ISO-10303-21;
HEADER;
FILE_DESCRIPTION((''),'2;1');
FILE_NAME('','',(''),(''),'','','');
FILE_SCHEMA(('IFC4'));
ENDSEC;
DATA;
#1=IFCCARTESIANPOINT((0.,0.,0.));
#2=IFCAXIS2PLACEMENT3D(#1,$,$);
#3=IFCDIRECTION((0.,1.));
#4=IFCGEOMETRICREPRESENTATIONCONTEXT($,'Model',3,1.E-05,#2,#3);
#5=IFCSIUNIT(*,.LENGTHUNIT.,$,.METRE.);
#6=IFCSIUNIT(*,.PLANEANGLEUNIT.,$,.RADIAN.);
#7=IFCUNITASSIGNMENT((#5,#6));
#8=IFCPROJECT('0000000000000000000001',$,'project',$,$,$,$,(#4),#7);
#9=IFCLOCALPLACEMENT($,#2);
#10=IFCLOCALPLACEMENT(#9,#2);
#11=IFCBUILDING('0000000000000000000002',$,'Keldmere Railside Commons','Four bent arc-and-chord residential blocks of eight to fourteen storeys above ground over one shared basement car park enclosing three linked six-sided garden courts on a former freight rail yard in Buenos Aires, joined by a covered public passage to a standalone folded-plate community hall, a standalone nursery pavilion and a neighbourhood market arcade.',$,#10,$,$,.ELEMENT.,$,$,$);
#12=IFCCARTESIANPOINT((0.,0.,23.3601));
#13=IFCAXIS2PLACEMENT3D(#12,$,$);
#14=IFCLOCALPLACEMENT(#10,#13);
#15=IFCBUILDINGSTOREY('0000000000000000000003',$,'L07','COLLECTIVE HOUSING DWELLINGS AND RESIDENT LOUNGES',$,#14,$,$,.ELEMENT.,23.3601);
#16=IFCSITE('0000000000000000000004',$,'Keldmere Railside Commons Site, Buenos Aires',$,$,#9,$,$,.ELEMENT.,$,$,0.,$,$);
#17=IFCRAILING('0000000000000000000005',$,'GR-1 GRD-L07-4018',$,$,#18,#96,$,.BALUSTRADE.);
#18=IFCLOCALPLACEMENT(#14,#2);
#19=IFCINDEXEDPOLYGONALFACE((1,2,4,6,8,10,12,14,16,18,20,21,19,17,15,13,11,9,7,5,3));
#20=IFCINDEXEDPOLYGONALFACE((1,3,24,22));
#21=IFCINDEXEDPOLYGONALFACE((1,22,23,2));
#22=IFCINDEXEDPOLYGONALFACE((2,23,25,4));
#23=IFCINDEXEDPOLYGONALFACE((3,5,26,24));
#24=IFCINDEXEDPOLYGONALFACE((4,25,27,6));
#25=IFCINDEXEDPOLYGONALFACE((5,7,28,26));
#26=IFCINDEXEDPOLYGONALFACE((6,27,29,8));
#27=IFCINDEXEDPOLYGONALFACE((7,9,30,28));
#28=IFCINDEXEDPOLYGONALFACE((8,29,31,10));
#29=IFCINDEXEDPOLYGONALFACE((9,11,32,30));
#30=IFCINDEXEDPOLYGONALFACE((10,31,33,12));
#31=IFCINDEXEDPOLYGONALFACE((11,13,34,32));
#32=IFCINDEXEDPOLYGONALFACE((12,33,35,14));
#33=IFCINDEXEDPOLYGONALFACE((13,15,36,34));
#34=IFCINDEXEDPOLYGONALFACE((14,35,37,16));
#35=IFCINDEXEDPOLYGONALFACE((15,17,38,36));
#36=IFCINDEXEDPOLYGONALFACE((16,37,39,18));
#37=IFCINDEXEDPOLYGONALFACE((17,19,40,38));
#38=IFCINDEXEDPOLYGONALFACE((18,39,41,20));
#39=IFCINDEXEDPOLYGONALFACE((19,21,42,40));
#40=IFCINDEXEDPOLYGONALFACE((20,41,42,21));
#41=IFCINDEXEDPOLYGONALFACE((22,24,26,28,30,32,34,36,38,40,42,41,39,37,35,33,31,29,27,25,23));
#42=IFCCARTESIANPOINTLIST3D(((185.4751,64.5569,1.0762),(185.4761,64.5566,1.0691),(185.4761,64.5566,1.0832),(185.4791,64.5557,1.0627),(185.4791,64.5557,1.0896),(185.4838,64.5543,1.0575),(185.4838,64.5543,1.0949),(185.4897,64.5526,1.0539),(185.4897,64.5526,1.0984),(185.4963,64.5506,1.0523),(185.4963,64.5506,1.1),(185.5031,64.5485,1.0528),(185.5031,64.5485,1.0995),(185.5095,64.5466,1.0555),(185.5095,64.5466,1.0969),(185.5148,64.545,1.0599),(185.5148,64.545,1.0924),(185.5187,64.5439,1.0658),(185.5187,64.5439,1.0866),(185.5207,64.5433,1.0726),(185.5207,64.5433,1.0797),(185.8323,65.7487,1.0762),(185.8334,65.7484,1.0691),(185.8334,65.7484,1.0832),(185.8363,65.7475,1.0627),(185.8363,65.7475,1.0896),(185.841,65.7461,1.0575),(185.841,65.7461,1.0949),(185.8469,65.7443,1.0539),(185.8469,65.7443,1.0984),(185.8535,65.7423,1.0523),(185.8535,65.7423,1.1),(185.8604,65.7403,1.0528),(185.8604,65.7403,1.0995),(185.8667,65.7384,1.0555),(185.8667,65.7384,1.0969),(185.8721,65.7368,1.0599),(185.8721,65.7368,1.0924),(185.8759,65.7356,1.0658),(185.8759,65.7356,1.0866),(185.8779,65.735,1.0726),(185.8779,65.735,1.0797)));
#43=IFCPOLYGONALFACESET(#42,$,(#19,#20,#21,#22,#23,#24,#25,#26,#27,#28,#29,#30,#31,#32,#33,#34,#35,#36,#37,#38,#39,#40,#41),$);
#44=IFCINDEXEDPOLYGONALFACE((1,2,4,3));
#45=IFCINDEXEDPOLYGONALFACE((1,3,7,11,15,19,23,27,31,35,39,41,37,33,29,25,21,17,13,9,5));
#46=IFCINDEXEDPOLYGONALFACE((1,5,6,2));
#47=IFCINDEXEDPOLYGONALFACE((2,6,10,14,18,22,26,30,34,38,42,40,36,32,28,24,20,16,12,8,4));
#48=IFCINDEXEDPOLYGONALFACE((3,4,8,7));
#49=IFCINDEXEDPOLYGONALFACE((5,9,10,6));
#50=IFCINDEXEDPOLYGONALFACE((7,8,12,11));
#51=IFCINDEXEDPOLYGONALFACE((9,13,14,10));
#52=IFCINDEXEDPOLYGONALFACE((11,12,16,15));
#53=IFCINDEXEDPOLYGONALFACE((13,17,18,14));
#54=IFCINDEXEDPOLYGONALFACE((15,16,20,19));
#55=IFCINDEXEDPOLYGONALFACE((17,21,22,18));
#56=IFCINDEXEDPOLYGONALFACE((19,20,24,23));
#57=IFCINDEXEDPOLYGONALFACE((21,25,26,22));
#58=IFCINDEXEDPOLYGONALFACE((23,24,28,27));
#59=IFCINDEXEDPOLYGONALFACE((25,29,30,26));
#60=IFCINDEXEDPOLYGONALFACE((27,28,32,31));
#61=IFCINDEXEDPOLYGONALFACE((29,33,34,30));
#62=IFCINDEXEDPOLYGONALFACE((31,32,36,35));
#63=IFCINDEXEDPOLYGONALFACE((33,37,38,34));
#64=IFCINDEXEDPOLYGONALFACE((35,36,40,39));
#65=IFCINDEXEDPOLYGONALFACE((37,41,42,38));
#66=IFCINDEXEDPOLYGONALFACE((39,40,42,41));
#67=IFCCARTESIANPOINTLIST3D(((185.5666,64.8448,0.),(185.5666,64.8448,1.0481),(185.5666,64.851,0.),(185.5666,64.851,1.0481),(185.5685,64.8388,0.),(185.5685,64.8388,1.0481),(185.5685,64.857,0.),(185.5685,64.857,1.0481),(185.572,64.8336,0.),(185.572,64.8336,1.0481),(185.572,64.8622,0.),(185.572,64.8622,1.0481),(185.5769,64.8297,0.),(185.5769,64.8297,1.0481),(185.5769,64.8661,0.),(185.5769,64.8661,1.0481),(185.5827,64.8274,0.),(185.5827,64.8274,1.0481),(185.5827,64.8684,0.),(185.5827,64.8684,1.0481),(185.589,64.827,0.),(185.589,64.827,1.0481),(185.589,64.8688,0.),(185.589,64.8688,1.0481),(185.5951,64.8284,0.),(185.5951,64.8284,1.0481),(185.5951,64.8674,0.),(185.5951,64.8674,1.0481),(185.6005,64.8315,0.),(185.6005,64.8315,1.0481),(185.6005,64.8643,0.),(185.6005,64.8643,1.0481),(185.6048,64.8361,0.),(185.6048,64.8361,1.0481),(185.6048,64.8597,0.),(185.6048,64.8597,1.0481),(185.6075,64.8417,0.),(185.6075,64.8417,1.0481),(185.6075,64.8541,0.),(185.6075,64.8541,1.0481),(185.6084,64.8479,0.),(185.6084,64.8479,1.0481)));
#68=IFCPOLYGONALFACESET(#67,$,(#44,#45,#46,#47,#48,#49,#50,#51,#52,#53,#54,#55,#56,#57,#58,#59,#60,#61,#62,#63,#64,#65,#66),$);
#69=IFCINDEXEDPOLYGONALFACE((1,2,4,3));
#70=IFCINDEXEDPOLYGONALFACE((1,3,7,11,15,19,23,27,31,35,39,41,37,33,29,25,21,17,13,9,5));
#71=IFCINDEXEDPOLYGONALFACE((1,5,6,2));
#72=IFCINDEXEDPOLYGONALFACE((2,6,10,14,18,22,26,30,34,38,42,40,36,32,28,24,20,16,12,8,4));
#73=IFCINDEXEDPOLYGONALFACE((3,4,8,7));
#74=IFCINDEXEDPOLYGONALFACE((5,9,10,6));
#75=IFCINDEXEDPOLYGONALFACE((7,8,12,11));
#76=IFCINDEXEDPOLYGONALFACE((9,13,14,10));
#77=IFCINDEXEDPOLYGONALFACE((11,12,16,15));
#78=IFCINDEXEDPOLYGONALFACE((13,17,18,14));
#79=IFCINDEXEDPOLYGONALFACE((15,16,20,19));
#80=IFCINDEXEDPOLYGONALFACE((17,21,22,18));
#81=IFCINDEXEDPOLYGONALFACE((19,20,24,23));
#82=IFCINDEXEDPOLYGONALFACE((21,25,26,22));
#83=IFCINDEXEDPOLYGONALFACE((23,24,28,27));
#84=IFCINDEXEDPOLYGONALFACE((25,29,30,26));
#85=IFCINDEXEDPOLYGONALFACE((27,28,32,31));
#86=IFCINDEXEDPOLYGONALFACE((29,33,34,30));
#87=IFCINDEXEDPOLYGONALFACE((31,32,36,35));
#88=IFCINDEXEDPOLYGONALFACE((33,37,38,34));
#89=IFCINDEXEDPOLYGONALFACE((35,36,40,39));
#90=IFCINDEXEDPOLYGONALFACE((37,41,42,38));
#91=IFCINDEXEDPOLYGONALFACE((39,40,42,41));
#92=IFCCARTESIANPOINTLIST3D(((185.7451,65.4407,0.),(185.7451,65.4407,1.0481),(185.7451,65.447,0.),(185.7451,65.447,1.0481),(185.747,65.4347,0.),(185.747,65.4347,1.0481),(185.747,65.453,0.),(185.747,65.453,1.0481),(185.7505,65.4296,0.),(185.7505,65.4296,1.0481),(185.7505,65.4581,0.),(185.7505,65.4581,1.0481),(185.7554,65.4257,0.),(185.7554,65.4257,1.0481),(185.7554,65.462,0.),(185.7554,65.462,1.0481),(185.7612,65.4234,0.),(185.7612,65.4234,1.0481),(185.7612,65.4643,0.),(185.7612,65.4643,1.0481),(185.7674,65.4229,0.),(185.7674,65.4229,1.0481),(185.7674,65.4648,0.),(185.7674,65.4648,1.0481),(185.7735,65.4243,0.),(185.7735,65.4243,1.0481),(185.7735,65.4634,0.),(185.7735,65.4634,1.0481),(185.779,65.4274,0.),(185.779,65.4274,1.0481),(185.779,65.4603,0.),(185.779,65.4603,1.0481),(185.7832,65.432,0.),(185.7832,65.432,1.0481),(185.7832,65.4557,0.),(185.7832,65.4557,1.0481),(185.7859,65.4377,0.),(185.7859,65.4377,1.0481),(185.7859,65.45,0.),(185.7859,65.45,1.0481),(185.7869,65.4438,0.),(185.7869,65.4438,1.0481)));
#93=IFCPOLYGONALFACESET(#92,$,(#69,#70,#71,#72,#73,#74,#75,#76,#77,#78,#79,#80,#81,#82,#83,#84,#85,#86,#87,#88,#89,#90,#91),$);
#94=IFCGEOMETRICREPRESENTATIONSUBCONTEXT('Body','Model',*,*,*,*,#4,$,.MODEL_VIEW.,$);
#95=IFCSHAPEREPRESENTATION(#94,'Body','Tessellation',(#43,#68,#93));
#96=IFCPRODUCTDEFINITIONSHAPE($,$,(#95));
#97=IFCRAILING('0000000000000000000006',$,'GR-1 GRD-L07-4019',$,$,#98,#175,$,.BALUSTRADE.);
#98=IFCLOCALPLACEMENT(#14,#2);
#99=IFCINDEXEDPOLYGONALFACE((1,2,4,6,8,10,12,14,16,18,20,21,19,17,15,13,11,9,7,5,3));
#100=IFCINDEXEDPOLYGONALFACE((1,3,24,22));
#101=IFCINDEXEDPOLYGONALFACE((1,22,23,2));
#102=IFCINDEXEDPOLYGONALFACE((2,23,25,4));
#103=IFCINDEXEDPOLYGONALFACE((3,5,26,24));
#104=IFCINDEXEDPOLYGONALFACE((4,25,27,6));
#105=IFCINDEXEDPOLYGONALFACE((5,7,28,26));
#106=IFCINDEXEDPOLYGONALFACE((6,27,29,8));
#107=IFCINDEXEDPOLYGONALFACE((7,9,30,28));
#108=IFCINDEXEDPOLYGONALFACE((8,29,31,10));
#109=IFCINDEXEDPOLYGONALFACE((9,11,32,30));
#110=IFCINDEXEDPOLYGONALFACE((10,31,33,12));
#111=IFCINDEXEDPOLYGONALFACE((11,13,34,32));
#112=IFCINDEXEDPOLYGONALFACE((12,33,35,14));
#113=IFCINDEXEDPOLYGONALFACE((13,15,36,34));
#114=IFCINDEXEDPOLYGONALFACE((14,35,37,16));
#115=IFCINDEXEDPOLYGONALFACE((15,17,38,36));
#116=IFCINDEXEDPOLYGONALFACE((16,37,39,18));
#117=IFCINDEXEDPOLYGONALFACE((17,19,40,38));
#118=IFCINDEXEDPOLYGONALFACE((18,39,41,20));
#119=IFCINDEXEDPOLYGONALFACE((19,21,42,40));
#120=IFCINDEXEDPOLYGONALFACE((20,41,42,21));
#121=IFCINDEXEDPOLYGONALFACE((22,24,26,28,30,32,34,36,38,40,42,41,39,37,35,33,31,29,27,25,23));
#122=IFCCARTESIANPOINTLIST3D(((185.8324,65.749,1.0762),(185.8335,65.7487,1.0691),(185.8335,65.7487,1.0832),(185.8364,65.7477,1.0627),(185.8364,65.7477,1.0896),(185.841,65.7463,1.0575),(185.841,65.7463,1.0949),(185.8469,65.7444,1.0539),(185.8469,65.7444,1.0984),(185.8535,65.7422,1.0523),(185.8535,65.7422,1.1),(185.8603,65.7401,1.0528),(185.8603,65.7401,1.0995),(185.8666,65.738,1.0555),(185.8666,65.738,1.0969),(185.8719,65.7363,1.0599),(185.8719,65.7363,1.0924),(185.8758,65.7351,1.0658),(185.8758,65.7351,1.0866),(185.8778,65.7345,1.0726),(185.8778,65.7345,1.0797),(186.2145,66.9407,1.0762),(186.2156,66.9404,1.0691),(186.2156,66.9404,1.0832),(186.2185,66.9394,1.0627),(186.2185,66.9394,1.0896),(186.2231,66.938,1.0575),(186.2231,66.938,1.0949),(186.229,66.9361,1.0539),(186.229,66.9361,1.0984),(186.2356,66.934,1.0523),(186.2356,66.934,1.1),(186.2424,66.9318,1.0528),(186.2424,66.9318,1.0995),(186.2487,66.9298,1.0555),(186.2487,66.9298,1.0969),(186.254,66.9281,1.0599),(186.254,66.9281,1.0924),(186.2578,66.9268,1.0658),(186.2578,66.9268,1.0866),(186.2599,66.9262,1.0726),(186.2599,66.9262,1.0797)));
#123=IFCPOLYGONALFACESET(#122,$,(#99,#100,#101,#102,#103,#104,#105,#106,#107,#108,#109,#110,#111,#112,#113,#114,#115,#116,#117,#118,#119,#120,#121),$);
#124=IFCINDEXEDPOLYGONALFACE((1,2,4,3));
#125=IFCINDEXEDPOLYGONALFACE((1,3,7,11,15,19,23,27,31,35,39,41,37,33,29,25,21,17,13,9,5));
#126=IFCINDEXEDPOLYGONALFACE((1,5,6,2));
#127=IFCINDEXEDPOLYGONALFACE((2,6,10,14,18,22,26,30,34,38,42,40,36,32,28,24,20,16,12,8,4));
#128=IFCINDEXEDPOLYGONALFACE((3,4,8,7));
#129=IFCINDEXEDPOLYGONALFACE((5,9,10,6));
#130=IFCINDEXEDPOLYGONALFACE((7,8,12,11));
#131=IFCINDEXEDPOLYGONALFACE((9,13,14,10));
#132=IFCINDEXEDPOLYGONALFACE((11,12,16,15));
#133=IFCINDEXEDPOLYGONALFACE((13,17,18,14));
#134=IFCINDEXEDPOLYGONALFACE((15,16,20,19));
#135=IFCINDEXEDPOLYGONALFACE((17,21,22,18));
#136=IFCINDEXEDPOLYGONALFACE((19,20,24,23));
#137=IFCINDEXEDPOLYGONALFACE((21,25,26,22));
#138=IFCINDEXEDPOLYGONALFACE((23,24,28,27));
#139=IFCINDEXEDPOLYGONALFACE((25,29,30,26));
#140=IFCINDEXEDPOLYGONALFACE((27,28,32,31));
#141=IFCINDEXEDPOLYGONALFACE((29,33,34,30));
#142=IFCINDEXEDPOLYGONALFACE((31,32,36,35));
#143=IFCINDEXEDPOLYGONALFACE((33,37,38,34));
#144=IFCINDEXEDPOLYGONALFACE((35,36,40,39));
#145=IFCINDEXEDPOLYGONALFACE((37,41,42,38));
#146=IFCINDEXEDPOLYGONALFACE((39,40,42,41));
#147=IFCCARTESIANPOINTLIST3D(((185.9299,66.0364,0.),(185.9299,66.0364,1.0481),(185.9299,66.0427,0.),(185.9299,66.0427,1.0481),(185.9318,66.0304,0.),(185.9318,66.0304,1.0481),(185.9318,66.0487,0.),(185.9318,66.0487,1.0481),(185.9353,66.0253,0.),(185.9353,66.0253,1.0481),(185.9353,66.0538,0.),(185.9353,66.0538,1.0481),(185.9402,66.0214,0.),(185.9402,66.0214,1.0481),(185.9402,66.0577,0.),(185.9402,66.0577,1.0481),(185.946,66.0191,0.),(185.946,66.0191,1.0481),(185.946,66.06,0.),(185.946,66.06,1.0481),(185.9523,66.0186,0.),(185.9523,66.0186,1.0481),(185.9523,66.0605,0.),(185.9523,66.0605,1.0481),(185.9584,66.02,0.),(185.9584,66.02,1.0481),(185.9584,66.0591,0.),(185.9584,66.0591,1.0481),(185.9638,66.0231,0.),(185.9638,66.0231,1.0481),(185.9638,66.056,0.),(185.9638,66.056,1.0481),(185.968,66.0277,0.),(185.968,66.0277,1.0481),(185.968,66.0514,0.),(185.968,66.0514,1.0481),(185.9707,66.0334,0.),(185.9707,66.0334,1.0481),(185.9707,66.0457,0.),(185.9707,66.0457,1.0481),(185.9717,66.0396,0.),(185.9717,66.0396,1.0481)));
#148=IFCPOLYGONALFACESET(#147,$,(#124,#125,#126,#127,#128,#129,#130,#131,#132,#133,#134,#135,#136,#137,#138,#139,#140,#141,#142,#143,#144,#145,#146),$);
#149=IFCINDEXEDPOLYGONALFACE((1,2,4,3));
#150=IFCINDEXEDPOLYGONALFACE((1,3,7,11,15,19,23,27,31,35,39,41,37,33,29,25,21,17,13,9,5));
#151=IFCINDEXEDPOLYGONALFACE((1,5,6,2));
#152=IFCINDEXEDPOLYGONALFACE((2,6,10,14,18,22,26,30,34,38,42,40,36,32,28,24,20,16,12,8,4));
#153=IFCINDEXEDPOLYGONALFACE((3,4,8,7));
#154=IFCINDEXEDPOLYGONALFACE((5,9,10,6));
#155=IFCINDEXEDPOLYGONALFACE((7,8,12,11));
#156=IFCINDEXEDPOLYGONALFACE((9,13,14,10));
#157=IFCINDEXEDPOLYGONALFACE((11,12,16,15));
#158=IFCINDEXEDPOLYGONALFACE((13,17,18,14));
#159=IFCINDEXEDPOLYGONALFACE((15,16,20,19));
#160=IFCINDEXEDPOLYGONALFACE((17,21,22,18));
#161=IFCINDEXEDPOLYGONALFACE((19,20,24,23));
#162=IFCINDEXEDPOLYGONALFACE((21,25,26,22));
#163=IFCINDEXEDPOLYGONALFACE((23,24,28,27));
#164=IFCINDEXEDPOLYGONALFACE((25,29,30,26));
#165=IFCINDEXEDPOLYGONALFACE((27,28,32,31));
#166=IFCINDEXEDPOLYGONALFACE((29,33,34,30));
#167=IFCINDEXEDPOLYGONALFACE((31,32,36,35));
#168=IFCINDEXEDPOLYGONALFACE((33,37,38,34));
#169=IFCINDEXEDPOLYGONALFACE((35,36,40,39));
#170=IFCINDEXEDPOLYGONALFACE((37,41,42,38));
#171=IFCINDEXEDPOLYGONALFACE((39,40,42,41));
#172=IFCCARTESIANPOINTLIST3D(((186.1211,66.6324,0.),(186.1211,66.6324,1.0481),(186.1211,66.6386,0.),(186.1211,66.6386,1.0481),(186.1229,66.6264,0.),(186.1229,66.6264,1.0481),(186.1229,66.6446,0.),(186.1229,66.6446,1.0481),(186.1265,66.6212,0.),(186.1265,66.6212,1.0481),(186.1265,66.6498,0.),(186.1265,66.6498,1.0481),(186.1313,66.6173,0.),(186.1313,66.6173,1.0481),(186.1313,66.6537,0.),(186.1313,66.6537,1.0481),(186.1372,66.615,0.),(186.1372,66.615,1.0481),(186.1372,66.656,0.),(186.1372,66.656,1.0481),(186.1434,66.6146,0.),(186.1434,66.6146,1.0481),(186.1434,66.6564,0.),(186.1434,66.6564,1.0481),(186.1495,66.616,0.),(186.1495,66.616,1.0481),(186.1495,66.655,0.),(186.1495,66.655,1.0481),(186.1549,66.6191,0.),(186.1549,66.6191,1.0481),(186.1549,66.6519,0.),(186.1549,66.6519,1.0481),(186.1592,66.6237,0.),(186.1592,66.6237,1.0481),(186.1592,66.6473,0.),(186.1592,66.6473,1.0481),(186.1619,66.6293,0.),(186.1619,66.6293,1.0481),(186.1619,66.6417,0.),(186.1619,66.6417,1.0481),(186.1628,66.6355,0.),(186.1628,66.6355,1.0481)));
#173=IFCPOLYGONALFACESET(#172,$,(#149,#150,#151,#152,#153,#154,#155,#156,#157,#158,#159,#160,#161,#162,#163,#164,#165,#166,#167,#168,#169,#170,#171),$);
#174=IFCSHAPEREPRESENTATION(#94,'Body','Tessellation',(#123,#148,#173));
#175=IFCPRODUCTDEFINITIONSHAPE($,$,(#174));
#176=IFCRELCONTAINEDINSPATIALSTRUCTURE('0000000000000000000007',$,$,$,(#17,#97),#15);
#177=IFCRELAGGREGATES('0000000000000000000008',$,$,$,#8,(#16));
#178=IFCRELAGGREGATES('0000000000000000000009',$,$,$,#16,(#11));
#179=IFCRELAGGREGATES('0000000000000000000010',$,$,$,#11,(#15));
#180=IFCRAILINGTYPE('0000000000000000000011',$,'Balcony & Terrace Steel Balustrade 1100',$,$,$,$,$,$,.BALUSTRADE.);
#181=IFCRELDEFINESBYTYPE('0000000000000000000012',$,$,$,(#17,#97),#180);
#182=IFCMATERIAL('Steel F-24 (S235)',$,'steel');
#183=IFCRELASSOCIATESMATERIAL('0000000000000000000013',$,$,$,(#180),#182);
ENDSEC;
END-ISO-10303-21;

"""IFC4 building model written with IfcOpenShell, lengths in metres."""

from ifc_helpers import new_model, si_unit, direction, frame, origin, origin_2d, place, context, subcontext, project, spatial, circle, extrude, material, type_object, element, save


model = new_model("IFC4")

# Units and contexts
model_context = context("Model", 3, precision=1e-05, world=origin(), true_north=direction((0.0, 1.0)))
body_context = subcontext(model_context, "Body", "Model", "MODEL_VIEW")
ifc_project = project(units=[si_unit("LENGTHUNIT", "METRE"), si_unit("PLANEANGLEUNIT", "RADIAN")], contexts=[model_context])

# Site, building, storey
site_placement = place(None, origin())
site = spatial("IfcSite", under=ifc_project, at=site_placement, Name="Keldmere Railside Commons Site, Buenos Aires", CompositionType="ELEMENT", RefElevation=0.0)
building_placement = place(site_placement, origin())
building = spatial("IfcBuilding", under=site, at=building_placement, Name="Keldmere Railside Commons", Description="Four bent arc-and-chord residential blocks of eight to fourteen storeys above ground over one shared basement car park enclosing three linked six-sided garden courts on a former freight rail yard in Buenos Aires, joined by a covered public passage to a standalone folded-plate community hall, a standalone nursery pavilion and a neighbourhood market arcade.", CompositionType="ELEMENT")
storey_placement = place(building_placement, frame((0.0, 0.0, 23.3601)))
storey = spatial("IfcBuildingStorey", under=building, at=storey_placement, Name="L07", Description="COLLECTIVE HOUSING DWELLINGS AND RESIDENT LOUNGES", CompositionType="ELEMENT", Elevation=23.3601)

# Railings
ifc_material_1 = material(Name="Steel F-24 (S235)", Category="steel")
railing_type = type_object("IfcRailingType", Name="Balcony & Terrace Steel Balustrade 1100", PredefinedType="BALUSTRADE", material=ifc_material_1)
railing_1_placement = place(storey_placement, frame((185.498, 64.55, 0.0)))
element("IfcRailing", 1, at=railing_1_placement, inside=storey, type_object=railing_type, Name="GR-1 GRD-L07-4018", PredefinedType="BALUSTRADE", context=body_context, shape_type="SweptSolid", body=[
    extrude(circle(Radius=0.0239, at=origin_2d()), frame((0.0, 0.0, 1.0762), z_axis=(0.287114, 0.957896, 0.0), x_axis=(-0.957896, 0.287114, 0.0)), (0.0, 0.0, 1.0), 1.2441),
    extrude(circle(Radius=0.021, at=origin_2d()), frame((0.0894, 0.2979, 0.0)), (0.0, 0.0, 1.0), 1.0481),
    extrude(circle(Radius=0.021, at=origin_2d()), frame((0.2678, 0.8938, 0.0)), (0.0, 0.0, 1.0), 1.0481),
])
railing_2_placement = place(storey_placement, frame((185.8552, 65.7417, 0.0)))
element("IfcRailing", 2, at=railing_2_placement, inside=storey, type_object=railing_type, Name="GR-1 GRD-L07-4019", PredefinedType="BALUSTRADE", context=body_context, shape_type="SweptSolid", body=[
    extrude(circle(Radius=0.0239, at=origin_2d()), frame((0.0, 0.0, 1.0762), z_axis=(0.305321, 0.95225, 0.0), x_axis=(-0.95225, 0.305321, 0.0)), (0.0, 0.0, 1.0), 1.2515),
    extrude(circle(Radius=0.021, at=origin_2d()), frame((0.0955, 0.2979, 0.0)), (0.0, 0.0, 1.0), 1.0481),
    extrude(circle(Radius=0.021, at=origin_2d()), frame((0.2866, 0.8938, 0.0)), (0.0, 0.0, 1.0), 1.0481),
])

save(model, "model.ifc")
